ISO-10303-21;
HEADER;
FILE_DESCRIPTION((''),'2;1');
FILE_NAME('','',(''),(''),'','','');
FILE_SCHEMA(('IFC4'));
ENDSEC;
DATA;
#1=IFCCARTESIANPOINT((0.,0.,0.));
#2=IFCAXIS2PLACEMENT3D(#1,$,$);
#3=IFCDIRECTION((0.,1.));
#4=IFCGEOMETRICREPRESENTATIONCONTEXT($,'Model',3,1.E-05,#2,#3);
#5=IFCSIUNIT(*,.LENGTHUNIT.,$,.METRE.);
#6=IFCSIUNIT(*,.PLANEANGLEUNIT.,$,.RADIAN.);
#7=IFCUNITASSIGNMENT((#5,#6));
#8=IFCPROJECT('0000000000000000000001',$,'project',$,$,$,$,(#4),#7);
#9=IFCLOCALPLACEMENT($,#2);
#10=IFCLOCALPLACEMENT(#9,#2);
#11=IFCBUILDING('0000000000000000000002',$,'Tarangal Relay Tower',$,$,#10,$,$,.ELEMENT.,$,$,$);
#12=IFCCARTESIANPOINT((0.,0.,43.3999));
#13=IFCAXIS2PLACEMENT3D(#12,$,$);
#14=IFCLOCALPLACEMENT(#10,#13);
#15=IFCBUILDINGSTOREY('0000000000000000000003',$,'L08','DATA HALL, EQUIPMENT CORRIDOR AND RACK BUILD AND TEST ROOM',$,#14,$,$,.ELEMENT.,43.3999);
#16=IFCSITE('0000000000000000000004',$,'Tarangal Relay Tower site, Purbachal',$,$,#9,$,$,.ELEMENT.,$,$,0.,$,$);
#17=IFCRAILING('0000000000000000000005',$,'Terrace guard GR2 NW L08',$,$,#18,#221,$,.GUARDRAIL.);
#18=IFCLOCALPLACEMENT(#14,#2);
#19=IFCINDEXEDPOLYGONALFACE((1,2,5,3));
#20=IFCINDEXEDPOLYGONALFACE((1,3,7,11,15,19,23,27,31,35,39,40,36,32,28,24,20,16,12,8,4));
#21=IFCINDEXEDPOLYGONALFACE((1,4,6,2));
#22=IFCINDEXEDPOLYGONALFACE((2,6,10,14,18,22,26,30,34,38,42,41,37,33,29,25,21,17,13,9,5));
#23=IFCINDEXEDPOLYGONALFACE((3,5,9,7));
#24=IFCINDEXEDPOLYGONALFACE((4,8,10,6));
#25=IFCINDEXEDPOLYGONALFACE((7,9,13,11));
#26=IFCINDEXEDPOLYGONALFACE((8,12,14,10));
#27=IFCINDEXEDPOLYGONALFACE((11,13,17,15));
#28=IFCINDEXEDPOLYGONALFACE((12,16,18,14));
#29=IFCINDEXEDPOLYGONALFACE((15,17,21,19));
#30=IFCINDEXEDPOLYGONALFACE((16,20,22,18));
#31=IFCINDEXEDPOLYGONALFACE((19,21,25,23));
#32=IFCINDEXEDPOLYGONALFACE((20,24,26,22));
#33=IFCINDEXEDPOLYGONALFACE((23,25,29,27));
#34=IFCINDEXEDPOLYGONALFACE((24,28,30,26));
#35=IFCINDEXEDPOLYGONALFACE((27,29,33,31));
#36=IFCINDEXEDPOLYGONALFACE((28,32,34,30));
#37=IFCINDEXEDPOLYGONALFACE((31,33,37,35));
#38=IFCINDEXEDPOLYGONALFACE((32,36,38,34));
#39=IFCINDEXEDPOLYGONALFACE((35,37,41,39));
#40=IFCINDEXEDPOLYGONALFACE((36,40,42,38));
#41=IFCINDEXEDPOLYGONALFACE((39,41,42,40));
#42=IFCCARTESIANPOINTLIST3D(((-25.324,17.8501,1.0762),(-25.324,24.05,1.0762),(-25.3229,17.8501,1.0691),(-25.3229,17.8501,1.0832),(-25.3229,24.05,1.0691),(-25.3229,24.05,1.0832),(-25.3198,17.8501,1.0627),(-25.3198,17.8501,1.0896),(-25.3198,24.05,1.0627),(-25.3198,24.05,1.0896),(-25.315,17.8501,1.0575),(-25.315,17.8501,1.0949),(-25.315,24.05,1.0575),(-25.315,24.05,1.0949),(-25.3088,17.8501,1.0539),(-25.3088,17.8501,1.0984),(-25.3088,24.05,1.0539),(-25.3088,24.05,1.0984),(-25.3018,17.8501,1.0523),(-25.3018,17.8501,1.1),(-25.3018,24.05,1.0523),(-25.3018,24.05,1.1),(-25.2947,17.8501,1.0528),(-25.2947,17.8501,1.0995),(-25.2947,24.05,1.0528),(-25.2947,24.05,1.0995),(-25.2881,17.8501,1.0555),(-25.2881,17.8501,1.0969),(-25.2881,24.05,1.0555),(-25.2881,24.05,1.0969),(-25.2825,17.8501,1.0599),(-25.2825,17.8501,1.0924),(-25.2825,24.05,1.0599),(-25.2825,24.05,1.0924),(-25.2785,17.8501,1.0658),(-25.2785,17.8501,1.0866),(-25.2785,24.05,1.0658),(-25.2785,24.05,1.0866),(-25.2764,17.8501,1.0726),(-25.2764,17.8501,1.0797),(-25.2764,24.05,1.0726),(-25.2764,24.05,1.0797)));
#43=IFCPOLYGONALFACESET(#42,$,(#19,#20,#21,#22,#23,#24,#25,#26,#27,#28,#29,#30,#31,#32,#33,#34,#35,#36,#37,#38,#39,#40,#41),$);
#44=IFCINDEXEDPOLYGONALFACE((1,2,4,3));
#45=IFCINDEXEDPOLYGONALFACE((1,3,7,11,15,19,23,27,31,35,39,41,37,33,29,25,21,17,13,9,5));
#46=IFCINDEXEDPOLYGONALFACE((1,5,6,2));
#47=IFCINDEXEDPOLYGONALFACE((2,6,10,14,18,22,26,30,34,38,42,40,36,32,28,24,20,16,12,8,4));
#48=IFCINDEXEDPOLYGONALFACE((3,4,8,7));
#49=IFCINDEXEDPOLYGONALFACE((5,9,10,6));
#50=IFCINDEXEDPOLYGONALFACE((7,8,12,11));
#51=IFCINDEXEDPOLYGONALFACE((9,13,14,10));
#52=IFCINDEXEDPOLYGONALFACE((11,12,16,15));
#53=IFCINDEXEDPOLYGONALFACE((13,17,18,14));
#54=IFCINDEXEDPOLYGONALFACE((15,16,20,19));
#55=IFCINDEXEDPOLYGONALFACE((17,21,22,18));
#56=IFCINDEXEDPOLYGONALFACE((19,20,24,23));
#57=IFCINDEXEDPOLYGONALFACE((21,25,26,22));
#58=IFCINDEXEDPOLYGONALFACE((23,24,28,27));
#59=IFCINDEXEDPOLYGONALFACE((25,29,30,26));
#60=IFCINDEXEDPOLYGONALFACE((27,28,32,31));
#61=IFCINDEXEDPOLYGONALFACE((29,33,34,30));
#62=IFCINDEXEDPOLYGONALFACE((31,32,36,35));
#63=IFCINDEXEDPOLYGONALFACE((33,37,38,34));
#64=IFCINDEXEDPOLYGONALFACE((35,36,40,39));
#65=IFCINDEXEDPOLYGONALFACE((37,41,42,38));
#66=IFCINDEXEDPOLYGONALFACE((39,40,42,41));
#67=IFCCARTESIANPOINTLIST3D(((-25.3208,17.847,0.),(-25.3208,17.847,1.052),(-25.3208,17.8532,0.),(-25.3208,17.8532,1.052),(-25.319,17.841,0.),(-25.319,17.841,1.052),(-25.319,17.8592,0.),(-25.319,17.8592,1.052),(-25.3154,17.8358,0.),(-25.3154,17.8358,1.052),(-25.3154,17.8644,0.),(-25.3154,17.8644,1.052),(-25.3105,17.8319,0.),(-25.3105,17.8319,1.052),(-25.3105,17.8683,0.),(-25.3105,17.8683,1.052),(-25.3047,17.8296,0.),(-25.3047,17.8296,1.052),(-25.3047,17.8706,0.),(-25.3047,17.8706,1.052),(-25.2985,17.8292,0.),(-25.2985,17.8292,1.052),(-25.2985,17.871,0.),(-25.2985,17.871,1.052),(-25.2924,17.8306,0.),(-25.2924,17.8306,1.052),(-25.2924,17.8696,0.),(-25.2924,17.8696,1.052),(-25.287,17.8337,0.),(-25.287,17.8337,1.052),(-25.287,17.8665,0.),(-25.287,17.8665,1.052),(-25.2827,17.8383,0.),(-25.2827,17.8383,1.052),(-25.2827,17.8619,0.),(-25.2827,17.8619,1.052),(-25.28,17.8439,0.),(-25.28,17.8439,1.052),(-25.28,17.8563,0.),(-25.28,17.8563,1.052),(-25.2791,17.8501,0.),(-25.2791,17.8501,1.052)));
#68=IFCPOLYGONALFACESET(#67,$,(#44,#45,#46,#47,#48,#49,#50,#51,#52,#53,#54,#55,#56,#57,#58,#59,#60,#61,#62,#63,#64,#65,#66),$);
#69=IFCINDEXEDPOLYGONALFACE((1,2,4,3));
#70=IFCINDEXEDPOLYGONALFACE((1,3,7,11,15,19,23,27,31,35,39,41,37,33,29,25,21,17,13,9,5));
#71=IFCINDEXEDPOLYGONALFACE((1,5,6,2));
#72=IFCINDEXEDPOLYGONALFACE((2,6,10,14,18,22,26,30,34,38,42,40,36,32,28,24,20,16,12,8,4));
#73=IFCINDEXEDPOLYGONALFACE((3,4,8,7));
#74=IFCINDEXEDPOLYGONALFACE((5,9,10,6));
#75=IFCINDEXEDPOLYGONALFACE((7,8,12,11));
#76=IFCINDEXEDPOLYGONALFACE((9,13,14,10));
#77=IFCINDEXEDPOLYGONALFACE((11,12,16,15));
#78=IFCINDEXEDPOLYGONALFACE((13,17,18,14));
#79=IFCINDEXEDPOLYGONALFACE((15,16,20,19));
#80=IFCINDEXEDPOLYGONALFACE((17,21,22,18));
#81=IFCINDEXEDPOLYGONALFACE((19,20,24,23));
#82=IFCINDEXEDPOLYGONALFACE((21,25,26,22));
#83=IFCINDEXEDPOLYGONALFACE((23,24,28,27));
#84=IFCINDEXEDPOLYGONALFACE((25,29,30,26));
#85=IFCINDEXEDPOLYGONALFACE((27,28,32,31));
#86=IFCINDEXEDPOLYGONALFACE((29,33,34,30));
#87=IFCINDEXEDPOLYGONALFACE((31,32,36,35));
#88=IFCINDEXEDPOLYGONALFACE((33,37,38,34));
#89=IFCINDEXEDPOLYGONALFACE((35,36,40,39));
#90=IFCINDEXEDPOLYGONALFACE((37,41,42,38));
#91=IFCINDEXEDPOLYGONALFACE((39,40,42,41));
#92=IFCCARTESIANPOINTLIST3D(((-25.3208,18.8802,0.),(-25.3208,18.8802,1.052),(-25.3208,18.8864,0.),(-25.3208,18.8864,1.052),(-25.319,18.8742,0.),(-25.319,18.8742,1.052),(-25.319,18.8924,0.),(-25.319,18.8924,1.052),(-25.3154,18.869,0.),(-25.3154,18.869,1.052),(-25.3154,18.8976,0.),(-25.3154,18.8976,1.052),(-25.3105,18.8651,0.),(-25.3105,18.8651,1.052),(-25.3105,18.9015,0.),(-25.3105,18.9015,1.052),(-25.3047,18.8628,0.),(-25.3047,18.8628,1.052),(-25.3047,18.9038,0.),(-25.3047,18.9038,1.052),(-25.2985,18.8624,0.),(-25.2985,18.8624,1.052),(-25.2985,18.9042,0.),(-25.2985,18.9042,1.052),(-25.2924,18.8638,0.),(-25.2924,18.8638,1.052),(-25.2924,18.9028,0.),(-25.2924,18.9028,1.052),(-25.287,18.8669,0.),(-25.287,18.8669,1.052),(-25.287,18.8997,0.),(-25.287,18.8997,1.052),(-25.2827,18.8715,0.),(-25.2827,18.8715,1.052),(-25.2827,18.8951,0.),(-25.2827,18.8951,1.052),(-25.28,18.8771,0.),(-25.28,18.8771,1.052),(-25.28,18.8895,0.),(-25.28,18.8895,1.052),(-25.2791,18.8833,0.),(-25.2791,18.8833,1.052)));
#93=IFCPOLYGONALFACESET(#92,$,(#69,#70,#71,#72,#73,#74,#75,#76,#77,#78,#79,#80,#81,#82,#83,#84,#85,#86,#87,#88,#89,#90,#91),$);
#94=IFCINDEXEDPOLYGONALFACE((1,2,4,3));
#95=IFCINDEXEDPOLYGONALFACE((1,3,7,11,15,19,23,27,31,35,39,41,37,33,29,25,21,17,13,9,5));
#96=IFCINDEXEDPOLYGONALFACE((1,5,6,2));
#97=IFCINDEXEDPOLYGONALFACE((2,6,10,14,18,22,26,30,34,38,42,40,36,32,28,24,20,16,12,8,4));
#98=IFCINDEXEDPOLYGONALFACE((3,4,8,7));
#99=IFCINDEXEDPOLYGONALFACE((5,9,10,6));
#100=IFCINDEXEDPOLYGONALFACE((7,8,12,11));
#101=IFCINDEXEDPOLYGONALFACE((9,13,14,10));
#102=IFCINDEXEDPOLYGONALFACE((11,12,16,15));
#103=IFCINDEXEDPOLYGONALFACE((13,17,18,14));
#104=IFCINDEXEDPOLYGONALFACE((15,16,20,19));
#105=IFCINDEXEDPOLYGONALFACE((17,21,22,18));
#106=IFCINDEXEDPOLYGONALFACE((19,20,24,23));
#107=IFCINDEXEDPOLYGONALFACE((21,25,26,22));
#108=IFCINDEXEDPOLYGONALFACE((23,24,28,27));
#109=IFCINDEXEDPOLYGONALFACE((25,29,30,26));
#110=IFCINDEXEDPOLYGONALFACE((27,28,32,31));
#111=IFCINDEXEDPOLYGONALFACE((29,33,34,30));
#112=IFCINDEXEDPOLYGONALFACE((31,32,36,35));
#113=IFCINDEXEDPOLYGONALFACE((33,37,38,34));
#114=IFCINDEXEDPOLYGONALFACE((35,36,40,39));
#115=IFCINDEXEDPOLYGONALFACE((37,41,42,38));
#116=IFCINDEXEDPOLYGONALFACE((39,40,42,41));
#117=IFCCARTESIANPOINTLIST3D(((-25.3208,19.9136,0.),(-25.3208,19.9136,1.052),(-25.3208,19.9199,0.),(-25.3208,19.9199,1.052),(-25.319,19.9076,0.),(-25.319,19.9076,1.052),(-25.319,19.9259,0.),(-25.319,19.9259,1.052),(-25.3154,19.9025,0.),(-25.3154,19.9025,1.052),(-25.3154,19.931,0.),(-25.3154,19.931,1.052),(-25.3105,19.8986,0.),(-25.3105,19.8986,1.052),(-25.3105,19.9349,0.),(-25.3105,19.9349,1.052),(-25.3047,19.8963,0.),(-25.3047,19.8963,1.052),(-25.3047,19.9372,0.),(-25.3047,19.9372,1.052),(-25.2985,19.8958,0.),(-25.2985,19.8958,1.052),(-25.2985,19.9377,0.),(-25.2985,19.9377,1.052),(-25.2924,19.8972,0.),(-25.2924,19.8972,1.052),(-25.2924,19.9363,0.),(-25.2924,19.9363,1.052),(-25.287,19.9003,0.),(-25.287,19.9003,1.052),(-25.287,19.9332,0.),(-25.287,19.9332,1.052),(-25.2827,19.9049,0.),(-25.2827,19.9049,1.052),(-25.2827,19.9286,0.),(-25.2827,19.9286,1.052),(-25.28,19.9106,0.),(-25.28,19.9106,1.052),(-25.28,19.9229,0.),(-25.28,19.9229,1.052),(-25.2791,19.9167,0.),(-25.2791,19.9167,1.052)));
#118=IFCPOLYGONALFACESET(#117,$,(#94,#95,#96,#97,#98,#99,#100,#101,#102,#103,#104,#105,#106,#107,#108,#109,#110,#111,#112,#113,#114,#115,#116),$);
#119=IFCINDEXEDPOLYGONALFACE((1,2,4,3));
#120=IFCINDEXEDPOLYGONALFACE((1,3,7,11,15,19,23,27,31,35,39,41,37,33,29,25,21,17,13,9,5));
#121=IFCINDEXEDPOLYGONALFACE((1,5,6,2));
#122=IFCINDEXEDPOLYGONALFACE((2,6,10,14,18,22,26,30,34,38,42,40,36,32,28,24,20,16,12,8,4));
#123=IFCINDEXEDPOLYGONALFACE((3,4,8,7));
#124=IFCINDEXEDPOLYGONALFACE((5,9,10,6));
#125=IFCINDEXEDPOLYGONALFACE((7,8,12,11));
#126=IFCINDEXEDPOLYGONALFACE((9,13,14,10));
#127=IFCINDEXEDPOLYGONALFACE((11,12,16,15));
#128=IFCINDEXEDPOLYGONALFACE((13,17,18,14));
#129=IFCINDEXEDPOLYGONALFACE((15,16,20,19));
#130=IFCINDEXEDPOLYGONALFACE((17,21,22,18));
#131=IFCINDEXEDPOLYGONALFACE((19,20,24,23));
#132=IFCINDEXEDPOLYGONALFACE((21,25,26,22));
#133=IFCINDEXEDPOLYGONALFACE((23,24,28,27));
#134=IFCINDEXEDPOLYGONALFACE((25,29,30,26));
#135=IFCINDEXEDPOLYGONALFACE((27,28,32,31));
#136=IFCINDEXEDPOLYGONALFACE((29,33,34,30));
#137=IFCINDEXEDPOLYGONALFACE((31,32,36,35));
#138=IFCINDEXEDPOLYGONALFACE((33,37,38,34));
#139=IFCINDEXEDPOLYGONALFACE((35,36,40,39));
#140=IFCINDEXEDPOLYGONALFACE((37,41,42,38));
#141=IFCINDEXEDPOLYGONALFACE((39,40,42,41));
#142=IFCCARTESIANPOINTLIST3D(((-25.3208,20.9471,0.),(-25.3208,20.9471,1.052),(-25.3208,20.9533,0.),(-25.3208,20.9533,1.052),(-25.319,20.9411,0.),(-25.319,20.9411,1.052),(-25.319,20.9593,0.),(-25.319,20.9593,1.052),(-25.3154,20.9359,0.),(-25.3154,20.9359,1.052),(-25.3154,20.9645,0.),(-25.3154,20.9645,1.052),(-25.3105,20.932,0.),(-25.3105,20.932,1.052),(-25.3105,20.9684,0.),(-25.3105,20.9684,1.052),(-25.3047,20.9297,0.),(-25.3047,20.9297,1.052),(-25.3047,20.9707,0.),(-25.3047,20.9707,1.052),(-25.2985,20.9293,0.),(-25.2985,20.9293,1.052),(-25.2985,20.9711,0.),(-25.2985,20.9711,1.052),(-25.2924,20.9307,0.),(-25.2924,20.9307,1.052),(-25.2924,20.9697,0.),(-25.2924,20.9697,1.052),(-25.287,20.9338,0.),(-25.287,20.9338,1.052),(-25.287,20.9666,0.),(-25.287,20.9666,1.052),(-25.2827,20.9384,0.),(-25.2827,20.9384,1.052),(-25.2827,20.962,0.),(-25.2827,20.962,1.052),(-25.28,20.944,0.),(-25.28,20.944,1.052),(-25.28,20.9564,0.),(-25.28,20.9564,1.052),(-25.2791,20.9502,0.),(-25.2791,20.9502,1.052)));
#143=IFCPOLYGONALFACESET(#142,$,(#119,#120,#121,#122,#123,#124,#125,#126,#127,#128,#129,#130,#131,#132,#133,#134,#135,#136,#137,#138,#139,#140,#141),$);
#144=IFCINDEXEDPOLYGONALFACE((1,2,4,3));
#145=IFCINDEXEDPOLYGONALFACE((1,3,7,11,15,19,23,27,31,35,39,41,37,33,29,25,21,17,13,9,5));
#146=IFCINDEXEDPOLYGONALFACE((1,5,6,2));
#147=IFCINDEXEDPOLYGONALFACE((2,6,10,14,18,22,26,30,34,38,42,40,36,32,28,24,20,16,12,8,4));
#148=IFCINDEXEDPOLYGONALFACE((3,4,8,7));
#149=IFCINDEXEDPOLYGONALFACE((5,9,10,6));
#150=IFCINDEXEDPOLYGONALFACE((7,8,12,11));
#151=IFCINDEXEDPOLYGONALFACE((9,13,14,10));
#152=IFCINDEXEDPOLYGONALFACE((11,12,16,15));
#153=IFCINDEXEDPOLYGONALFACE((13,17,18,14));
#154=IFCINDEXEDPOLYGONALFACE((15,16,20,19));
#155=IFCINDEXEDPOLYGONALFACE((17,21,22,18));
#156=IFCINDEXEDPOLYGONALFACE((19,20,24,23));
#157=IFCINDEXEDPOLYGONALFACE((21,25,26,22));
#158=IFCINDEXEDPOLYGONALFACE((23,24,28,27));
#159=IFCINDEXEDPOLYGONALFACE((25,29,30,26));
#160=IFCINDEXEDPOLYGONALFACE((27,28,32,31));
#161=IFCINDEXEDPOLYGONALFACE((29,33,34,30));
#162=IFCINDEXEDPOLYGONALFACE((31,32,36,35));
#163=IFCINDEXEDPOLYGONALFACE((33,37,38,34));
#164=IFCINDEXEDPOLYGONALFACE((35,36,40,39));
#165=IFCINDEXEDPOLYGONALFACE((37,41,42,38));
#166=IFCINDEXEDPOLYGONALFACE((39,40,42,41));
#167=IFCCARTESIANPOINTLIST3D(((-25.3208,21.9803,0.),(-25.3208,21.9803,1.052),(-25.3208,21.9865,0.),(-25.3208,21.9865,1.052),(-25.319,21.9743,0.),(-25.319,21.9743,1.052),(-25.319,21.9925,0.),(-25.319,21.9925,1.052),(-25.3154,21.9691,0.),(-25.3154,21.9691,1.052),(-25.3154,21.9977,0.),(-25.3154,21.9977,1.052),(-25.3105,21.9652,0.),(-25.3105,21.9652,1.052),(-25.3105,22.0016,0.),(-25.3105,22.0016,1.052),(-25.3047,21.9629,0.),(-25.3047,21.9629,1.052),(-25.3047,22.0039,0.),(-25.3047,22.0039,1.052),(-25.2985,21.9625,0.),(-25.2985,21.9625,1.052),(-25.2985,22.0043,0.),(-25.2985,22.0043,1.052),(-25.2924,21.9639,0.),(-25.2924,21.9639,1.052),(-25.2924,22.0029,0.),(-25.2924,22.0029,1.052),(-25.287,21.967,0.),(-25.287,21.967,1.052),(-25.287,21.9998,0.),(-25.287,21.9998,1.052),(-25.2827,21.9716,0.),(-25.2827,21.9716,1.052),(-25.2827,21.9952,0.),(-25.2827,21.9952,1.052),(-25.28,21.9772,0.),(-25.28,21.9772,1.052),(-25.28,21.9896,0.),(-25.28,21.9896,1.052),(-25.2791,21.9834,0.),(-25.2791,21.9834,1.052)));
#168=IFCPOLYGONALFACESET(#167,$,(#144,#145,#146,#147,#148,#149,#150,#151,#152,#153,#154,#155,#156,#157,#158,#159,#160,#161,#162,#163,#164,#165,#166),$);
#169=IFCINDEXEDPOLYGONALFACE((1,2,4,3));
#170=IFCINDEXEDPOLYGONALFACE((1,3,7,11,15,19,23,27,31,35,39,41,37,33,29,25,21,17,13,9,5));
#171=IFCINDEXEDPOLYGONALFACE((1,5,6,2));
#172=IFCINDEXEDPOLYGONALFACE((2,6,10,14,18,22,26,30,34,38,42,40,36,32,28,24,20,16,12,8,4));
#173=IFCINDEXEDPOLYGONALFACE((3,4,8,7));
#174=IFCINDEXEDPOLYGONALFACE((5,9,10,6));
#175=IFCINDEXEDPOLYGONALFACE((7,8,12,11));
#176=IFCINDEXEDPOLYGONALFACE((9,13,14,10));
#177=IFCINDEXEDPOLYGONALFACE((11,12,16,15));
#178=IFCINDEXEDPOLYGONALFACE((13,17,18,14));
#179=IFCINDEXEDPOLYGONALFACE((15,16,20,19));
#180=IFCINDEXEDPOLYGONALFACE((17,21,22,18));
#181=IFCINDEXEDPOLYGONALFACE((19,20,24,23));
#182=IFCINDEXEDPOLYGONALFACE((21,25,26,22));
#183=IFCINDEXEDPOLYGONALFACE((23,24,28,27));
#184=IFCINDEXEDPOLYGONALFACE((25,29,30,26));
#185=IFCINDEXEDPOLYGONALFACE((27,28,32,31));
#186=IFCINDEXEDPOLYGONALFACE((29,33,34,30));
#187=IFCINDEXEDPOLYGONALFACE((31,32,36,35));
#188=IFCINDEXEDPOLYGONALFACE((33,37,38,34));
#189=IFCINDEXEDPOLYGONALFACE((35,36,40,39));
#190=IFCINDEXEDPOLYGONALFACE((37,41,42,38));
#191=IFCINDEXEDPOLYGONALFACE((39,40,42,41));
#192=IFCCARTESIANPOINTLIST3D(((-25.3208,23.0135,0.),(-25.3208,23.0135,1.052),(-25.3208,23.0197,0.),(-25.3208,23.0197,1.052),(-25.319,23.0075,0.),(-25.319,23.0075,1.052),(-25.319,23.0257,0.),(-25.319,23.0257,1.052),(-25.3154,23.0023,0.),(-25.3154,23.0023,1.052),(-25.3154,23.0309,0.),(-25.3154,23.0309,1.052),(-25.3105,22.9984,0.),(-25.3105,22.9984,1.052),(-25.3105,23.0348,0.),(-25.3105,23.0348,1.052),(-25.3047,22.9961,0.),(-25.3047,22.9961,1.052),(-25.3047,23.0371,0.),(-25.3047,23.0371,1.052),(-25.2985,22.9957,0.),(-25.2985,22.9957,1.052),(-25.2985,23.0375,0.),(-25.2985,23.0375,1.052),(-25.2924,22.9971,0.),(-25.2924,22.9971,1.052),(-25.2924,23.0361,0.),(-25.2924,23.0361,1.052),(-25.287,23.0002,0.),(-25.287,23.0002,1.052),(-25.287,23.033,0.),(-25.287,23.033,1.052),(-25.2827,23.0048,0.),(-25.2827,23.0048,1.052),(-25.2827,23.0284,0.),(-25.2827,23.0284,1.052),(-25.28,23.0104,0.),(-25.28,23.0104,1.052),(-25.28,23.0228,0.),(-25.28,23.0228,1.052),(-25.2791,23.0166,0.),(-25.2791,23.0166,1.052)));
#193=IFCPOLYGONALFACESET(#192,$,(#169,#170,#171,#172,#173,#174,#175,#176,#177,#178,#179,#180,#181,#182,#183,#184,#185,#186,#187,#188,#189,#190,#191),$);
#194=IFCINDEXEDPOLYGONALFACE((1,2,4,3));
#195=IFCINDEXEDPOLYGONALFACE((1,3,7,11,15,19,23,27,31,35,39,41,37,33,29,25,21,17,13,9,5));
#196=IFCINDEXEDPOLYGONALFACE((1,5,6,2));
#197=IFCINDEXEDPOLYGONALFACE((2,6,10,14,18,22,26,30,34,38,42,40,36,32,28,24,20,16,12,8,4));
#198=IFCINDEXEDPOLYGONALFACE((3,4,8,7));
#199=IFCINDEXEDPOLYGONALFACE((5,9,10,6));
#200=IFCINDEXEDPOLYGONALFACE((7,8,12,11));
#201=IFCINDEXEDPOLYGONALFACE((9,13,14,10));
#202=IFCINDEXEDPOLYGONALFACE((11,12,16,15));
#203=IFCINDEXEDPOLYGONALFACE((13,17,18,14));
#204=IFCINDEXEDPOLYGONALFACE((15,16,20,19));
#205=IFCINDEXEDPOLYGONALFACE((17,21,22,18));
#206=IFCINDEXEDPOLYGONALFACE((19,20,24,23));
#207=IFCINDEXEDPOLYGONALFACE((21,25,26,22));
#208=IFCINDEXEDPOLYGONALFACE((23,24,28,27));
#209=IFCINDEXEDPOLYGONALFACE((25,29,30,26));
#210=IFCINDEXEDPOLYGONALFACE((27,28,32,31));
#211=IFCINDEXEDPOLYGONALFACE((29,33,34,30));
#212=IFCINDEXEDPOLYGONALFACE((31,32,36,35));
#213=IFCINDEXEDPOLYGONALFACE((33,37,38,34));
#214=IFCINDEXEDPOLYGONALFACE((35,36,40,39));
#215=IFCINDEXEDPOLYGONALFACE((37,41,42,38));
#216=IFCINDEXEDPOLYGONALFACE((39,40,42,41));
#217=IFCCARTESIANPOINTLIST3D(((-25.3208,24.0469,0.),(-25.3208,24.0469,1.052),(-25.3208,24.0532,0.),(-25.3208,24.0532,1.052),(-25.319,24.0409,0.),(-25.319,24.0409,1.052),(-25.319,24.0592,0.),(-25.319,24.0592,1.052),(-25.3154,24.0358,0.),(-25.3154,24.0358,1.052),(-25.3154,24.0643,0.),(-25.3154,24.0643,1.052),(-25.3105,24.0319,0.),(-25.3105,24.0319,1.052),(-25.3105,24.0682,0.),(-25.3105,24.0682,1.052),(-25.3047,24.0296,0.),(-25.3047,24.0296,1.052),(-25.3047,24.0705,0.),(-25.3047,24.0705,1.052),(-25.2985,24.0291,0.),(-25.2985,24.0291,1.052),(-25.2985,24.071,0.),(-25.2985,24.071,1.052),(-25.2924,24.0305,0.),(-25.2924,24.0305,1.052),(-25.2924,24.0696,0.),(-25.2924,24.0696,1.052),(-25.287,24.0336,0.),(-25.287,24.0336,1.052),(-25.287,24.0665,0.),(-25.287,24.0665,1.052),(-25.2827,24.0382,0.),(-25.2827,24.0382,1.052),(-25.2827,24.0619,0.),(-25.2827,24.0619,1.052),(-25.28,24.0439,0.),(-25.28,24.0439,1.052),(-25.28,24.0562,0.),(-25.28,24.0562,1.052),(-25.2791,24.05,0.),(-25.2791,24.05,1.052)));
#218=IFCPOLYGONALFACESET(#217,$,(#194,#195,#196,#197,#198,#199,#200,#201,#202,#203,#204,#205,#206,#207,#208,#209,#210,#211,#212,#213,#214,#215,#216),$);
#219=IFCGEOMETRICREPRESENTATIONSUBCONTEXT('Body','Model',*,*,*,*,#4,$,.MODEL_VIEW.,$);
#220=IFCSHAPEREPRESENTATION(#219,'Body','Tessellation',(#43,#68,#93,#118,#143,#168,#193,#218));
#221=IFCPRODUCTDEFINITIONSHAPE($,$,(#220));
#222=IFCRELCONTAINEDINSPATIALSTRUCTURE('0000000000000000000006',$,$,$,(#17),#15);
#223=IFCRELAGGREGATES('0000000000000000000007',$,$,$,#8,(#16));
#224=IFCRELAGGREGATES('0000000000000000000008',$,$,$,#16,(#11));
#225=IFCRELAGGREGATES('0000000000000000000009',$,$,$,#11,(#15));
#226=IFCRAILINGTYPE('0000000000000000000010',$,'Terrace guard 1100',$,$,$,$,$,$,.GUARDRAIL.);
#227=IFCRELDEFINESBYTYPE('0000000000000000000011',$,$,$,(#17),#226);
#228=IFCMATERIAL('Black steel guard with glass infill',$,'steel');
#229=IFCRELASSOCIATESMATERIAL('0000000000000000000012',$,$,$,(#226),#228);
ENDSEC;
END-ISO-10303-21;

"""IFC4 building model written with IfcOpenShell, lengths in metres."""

from ifc_helpers import new_model, si_unit, direction, frame, origin, origin_2d, place, context, subcontext, project, spatial, circle, extrude, material, type_object, element, save


model = new_model("IFC4")

# Units and contexts
model_context = context("Model", 3, precision=1e-05, world=origin(), true_north=direction((0.0, 1.0)))
body_context = subcontext(model_context, "Body", "Model", "MODEL_VIEW")
ifc_project = project(units=[si_unit("LENGTHUNIT", "METRE"), si_unit("PLANEANGLEUNIT", "RADIAN")], contexts=[model_context])

# Site, building, storey
site_placement = place(None, origin())
site = spatial("IfcSite", under=ifc_project, at=site_placement, Name="Tarangal Relay Tower site, Purbachal", CompositionType="ELEMENT", RefElevation=0.0)
building_placement = place(site_placement, origin())
building = spatial("IfcBuilding", under=site, at=building_placement, Name="Tarangal Relay Tower", CompositionType="ELEMENT")
storey_placement = place(building_placement, frame((0.0, 0.0, 43.3999)))
storey = spatial("IfcBuildingStorey", under=building, at=storey_placement, Name="L08", Description="DATA HALL, EQUIPMENT CORRIDOR AND RACK BUILD AND TEST ROOM", CompositionType="ELEMENT", Elevation=43.3999)

# Railing
ifc_material_1 = material(Name="Black steel guard with glass infill", Category="steel")
railing_type = type_object("IfcRailingType", Name="Terrace guard 1100", PredefinedType="GUARDRAIL", material=ifc_material_1)
railing_1_placement = place(storey_placement, frame((-25.3, 17.8501, 0.0)))
element("IfcRailing", 1, at=railing_1_placement, inside=storey, type_object=railing_type, Name="Terrace guard GR2 NW L08", PredefinedType="GUARDRAIL", context=body_context, shape_type="SweptSolid", body=[
    extrude(circle(Radius=0.0239, at=origin_2d()), frame((0.0, 0.0, 1.0762), z_axis=(0.0, 1.0, 0.0), x_axis=(-1.0, 0.0, 0.0)), (0.0, 0.0, 1.0), 6.2),
    extrude(circle(Radius=0.021, at=origin_2d()), origin(), (0.0, 0.0, 1.0), 1.052),
    extrude(circle(Radius=0.021, at=origin_2d()), frame((0.0, 1.0332, 0.0)), (0.0, 0.0, 1.0), 1.052),
    extrude(circle(Radius=0.021, at=origin_2d()), frame((0.0, 2.0667, 0.0)), (0.0, 0.0, 1.0), 1.052),
    extrude(circle(Radius=0.021, at=origin_2d()), frame((0.0, 3.1001, 0.0)), (0.0, 0.0, 1.0), 1.052),
    extrude(circle(Radius=0.021, at=origin_2d()), frame((0.0, 4.1333, 0.0)), (0.0, 0.0, 1.0), 1.052),
    extrude(circle(Radius=0.021, at=origin_2d()), frame((0.0, 5.1665, 0.0)), (0.0, 0.0, 1.0), 1.052),
    extrude(circle(Radius=0.021, at=origin_2d()), frame((0.0, 6.2, 0.0)), (0.0, 0.0, 1.0), 1.052),
])

save(model, "model.ifc")
